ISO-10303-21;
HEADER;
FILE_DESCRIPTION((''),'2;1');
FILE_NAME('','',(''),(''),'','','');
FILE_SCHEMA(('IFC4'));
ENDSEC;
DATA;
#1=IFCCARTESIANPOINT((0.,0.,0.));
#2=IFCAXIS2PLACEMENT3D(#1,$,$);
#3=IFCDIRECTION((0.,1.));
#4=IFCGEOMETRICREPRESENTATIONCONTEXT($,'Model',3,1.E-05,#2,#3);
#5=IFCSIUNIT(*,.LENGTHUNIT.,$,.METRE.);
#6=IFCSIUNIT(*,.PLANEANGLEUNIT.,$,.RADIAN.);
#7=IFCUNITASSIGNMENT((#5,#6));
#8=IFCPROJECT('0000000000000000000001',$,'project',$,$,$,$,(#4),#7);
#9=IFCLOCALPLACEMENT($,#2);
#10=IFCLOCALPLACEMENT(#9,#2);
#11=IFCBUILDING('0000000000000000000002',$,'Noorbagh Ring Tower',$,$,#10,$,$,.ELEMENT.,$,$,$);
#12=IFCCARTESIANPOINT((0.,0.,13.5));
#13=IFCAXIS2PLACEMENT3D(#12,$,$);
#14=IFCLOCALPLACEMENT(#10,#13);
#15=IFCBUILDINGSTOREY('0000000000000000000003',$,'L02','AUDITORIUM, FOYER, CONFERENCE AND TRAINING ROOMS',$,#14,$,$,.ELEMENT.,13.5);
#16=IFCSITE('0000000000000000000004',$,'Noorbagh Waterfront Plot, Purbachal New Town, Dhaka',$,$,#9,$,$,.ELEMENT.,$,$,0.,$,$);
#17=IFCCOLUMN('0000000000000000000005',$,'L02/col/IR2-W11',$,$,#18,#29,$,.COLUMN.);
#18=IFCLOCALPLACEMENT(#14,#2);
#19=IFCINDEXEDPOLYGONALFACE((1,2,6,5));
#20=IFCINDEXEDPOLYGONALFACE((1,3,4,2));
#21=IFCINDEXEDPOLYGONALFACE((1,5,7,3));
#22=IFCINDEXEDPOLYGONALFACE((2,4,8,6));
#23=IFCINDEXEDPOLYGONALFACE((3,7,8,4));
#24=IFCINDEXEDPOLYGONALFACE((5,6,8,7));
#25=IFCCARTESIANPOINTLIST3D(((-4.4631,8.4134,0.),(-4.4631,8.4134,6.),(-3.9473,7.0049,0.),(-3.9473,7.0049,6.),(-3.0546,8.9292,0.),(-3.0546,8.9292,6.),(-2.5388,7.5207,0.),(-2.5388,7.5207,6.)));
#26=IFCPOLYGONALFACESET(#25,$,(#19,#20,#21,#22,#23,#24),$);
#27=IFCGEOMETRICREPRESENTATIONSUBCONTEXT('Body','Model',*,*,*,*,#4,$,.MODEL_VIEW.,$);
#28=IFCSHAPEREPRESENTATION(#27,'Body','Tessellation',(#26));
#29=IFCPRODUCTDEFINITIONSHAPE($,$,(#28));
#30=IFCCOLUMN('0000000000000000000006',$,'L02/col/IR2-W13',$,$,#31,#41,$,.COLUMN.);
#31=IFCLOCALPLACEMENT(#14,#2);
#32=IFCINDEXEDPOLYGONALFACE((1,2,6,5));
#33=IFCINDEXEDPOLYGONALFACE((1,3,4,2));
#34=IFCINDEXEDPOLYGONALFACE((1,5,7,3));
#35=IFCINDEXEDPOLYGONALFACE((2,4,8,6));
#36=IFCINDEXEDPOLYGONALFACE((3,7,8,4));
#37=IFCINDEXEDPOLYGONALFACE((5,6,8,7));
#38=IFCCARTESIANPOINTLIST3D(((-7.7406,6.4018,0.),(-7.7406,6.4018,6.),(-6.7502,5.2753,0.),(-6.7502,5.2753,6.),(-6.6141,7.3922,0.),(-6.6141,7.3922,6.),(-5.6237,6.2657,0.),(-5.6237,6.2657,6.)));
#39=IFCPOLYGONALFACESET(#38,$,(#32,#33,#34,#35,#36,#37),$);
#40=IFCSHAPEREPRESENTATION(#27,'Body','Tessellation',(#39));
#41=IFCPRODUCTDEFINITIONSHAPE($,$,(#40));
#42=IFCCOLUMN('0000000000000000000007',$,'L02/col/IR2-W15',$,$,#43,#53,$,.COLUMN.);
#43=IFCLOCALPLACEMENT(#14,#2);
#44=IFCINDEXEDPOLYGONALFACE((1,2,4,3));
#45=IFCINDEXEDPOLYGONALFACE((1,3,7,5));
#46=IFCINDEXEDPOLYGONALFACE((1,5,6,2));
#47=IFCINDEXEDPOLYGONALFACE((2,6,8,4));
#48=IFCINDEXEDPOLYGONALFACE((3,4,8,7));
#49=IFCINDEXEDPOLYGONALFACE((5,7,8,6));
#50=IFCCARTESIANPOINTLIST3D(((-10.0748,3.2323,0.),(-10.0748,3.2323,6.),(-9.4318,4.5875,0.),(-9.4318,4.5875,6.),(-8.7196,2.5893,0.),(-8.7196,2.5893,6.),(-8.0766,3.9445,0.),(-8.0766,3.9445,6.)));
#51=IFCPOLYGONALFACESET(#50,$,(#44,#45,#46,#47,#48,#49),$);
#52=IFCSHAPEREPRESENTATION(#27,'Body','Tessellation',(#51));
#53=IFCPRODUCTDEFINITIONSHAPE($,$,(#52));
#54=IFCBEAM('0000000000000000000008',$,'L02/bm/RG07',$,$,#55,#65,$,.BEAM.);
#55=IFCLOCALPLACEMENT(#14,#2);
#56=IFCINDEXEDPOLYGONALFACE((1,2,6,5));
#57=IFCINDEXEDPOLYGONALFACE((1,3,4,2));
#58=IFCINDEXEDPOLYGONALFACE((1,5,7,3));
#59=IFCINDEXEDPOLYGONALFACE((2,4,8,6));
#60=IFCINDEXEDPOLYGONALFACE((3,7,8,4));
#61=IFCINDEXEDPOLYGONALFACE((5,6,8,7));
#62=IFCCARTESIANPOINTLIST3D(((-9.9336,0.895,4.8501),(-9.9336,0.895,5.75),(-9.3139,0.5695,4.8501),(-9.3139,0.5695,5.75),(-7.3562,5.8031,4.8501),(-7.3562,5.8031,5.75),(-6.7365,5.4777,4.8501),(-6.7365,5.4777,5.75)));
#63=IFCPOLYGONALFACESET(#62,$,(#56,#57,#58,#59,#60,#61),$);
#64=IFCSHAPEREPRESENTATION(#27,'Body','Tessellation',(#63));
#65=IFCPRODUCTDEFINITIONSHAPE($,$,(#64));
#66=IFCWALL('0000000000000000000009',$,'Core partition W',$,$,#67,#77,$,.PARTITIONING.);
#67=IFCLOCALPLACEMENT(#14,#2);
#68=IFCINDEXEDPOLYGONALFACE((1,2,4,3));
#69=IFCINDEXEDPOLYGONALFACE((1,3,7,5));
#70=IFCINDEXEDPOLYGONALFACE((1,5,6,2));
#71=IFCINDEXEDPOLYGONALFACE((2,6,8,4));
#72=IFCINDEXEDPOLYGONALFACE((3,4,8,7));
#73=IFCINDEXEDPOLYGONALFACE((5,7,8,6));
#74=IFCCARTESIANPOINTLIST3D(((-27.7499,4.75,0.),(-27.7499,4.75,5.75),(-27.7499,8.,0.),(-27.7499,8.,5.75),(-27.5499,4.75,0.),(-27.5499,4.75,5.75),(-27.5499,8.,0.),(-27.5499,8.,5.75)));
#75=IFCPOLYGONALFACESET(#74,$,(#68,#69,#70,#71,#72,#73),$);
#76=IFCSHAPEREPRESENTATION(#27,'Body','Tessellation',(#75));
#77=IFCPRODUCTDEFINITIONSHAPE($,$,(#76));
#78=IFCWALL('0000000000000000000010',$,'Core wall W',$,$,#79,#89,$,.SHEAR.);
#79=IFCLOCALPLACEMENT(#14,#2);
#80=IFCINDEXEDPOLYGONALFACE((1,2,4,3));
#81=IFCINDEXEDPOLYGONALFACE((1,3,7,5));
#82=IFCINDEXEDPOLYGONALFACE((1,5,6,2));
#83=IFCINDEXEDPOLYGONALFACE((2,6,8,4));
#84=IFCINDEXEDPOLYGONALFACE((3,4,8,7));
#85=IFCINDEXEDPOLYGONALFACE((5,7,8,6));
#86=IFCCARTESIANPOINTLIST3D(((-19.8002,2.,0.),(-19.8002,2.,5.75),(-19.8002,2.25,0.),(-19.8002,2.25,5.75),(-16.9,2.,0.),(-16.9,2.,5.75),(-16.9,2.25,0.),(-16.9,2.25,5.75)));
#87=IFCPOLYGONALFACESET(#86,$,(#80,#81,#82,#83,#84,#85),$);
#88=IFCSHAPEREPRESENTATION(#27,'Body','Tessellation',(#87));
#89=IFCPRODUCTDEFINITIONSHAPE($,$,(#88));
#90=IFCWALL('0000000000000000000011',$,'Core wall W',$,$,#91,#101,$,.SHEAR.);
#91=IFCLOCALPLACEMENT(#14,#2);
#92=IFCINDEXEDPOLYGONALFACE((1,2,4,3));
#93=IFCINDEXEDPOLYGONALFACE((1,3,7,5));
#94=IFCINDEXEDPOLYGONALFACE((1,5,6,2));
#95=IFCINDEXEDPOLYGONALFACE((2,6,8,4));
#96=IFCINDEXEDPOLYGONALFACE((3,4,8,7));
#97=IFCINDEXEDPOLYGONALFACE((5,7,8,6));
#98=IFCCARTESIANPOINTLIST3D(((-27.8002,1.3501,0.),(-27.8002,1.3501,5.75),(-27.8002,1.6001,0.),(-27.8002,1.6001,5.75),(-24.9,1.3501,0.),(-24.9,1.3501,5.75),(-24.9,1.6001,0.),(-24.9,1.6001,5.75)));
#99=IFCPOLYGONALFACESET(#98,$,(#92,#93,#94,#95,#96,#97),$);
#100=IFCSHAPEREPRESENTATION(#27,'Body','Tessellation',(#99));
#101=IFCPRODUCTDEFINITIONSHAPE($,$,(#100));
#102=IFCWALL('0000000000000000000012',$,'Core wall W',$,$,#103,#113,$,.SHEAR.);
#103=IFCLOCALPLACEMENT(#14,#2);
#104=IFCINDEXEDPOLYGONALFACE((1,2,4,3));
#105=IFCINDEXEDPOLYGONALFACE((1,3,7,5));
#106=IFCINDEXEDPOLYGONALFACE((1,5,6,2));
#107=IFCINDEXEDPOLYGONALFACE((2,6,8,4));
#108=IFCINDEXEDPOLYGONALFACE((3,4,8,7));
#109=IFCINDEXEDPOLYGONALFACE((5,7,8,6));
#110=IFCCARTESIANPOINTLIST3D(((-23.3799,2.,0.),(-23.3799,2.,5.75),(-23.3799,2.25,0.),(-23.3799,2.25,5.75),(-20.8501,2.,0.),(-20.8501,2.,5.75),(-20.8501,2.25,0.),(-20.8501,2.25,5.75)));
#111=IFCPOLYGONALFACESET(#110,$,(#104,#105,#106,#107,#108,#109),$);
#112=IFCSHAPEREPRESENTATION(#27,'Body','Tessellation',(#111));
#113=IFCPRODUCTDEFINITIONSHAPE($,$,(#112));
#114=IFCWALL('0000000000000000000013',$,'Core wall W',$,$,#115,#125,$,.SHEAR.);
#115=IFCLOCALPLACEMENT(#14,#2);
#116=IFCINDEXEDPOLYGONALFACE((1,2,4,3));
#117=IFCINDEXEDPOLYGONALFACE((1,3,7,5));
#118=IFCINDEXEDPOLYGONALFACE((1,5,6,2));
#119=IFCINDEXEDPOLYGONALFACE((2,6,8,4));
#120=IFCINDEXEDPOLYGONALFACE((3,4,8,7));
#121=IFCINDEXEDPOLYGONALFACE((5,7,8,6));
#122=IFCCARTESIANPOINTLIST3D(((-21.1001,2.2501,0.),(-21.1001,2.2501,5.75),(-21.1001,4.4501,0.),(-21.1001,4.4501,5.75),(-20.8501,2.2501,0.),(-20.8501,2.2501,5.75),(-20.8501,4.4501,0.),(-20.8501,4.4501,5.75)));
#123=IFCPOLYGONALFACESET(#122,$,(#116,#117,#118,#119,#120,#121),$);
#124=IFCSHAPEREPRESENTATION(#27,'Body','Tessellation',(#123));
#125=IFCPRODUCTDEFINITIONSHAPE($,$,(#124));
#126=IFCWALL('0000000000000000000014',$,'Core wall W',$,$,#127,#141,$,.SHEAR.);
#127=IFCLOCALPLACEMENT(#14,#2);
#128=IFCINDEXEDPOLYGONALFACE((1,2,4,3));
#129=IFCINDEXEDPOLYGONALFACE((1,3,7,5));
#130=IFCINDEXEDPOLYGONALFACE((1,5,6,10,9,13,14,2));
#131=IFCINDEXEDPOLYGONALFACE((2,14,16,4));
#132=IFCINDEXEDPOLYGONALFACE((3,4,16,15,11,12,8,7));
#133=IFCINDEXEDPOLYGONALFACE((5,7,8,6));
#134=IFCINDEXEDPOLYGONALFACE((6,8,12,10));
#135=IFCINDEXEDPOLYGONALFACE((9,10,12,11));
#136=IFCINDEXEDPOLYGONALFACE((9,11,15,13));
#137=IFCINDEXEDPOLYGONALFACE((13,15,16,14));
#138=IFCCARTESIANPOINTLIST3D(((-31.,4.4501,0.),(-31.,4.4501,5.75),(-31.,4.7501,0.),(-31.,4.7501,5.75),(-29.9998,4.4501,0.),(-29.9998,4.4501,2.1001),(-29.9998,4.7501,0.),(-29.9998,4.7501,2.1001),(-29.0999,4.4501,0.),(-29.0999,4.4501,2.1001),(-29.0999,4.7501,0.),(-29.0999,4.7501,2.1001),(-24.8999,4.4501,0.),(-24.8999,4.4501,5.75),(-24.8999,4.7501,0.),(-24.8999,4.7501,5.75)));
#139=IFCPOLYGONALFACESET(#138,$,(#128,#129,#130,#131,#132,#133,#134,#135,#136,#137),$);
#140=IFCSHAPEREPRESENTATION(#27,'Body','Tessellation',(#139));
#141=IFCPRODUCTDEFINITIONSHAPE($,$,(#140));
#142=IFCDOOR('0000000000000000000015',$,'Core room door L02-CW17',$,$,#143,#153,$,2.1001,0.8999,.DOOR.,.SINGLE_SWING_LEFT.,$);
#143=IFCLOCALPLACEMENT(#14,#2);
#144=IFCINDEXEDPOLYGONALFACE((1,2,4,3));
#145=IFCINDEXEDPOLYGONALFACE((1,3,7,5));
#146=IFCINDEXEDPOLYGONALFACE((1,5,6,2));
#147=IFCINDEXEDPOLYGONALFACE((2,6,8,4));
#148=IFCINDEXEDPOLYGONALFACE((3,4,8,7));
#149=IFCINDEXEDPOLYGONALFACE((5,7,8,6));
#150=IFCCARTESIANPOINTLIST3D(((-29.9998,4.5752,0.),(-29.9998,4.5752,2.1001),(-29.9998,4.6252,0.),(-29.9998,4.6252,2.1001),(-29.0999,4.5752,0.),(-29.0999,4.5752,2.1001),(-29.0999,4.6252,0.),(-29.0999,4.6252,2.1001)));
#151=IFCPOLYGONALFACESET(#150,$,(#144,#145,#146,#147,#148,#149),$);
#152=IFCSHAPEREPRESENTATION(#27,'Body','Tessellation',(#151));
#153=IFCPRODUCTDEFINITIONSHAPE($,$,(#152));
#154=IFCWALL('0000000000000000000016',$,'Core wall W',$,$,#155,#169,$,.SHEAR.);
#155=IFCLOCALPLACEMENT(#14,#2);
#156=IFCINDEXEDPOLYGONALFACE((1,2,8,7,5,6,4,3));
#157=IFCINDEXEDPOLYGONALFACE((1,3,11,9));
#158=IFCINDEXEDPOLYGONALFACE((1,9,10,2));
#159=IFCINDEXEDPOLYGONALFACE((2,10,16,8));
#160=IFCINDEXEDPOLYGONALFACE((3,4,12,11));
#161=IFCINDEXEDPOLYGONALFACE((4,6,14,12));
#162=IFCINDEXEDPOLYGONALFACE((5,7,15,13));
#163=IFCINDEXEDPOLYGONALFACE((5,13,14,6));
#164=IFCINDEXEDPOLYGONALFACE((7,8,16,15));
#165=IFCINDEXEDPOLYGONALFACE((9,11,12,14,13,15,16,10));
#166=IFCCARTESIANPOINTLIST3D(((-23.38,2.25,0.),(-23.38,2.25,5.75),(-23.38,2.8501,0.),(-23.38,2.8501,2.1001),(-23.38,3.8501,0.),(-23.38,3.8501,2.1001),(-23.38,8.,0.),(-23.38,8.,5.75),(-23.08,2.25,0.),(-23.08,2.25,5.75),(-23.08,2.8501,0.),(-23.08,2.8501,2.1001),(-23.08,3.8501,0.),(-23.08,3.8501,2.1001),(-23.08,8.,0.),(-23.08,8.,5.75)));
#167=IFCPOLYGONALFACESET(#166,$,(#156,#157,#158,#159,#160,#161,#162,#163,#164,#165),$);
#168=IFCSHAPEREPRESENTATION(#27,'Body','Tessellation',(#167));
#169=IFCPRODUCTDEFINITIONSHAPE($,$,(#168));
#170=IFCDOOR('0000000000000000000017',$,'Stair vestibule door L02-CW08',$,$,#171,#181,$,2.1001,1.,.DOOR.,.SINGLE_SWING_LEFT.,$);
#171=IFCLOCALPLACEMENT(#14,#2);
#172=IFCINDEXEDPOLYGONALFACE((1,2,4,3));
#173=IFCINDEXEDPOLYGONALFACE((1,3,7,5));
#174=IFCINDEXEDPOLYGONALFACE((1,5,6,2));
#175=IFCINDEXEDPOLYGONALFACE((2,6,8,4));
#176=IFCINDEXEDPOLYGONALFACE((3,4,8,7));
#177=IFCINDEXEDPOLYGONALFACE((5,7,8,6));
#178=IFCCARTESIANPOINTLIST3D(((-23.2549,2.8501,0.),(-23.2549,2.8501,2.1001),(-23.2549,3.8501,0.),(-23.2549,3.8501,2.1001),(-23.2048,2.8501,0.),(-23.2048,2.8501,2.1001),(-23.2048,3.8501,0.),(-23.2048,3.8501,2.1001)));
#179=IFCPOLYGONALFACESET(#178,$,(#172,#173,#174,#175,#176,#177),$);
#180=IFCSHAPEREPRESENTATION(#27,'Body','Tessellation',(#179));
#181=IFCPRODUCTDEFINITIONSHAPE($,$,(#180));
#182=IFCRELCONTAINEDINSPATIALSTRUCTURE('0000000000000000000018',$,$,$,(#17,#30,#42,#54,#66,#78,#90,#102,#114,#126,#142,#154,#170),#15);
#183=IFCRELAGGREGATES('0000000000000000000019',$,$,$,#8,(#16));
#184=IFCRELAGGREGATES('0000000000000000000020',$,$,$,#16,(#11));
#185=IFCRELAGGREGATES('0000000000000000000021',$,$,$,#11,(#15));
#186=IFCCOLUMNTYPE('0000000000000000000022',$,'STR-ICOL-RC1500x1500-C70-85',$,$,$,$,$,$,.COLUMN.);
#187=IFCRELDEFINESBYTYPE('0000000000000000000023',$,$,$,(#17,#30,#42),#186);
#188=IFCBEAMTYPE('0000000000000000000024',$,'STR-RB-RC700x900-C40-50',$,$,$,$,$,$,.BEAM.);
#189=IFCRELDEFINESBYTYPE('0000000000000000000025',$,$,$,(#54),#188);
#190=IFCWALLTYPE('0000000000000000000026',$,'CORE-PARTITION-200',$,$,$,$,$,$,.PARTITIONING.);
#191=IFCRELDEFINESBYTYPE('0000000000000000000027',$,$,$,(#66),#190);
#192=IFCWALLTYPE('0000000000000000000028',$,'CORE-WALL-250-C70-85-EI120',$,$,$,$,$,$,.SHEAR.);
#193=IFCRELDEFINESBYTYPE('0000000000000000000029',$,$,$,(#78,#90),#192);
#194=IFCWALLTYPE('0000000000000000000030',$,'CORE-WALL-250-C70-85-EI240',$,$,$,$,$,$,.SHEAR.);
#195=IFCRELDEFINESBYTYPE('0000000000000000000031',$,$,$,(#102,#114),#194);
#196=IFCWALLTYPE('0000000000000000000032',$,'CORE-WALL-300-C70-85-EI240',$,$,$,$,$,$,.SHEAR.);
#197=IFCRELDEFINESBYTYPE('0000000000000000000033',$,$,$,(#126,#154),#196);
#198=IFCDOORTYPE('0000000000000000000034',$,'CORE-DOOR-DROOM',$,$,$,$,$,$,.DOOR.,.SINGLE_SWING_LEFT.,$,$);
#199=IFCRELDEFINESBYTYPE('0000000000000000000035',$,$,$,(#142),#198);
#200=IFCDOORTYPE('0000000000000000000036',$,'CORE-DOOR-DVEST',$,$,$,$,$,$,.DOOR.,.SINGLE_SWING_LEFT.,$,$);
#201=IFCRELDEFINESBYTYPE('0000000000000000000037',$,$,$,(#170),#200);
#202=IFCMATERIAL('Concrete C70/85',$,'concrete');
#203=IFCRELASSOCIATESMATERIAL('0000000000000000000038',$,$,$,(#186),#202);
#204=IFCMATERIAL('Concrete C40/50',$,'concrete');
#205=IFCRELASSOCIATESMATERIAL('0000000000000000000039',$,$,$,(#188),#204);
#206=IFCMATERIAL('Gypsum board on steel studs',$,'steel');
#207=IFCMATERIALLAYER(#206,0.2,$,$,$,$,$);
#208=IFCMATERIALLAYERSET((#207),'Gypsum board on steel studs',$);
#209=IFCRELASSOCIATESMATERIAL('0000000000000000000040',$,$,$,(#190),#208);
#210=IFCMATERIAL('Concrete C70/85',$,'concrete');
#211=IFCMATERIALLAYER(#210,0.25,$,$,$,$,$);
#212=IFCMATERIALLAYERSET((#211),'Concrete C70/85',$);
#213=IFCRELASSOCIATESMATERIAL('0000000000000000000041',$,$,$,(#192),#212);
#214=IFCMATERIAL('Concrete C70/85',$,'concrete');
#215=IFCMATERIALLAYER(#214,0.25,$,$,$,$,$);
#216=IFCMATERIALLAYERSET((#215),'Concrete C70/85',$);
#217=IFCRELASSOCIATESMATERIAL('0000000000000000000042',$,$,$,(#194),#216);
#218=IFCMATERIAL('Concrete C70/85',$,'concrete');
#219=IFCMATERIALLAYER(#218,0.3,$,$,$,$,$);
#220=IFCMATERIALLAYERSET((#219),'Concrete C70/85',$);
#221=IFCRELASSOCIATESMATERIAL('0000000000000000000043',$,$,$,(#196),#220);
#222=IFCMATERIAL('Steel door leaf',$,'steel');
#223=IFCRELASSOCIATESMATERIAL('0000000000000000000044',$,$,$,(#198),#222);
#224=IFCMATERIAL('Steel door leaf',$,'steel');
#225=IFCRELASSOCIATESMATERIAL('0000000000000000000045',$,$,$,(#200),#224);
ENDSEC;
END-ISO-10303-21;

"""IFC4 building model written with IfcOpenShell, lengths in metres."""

from ifc_helpers import new_model, si_unit, direction, frame, frame_2d, origin, origin_2d, place, context, subcontext, project, spatial, rectangle, extrude, material, layer, layer_set, material_profile, profile_set, type_object, element, fill, save


model = new_model("IFC4")

# Units and contexts
model_context = context("Model", 3, precision=1e-05, world=origin(), true_north=direction((0.0, 1.0)))
body_context = subcontext(model_context, "Body", "Model", "MODEL_VIEW")
ifc_project = project(units=[si_unit("LENGTHUNIT", "METRE"), si_unit("PLANEANGLEUNIT", "RADIAN")], contexts=[model_context])

# Site, building, storey
site_placement = place(None, origin())
site = spatial("IfcSite", under=ifc_project, at=site_placement, Name="Noorbagh Waterfront Plot, Purbachal New Town, Dhaka", CompositionType="ELEMENT", RefElevation=0.0)
building_placement = place(site_placement, origin())
building = spatial("IfcBuilding", under=site, at=building_placement, Name="Noorbagh Ring Tower", CompositionType="ELEMENT")
storey_placement = place(building_placement, frame((0.0, 0.0, 13.5)))
storey = spatial("IfcBuildingStorey", under=building, at=storey_placement, Name="L02", Description="AUDITORIUM, FOYER, CONFERENCE AND TRAINING ROOMS", CompositionType="ELEMENT", Elevation=13.5)

# Columns
ifc_material_1 = material(Name="Concrete C70/85", Category="concrete")
ifc_material_profile_1 = material_profile(ifc_material_1, rectangle(XDim=1.5, YDim=1.5, at=origin_2d()), Name="RC1500x1500")
ifc_profile_set_1 = profile_set([ifc_material_profile_1], Name="Concrete C70/85")
column_type = type_object("IfcColumnType", Name="STR-ICOL-RC1500x1500-C70-85", PredefinedType="COLUMN", material=ifc_profile_set_1)
for number, where, z_axis, x_axis, name in (
    (1, (-3.501, 7.967, 0.0), (0.0, 0.0, 1.0), (-0.93902, -0.343864, 0.0), "L02/col/IR2-W11"),
    (2, (-6.6821, 6.3337, 0.0), (0.0, 0.0, 1.0), (-0.751022, -0.660277, 0.0), "L02/col/IR2-W13"),
    (3, (-9.0757, 3.5884, 0.0), (0.0, 0.0, 1.0), (-0.428667, -0.903463, 0.0), "L02/col/IR2-W15"),
):
    element("IfcColumn", number, at=place(storey_placement, frame(where, z_axis=z_axis, x_axis=x_axis)), inside=storey, type_object=column_type, Name=name, PredefinedType="COLUMN", context=body_context, shape_type="SweptSolid", body=[
        extrude(rectangle(XDim=1.5, YDim=1.5, at=origin_2d()), origin(), (0.0, 0.0, 1.0), 6.0),
    ])

# Beam
ifc_material_2 = material(Name="Concrete C40/50", Category="concrete")
ifc_material_profile_2 = material_profile(ifc_material_2, rectangle(XDim=0.7, YDim=0.8999, at=origin_2d()), Name="RC700x900")
ifc_profile_set_2 = profile_set([ifc_material_profile_2], Name="Concrete C40/50")
beam_type = type_object("IfcBeamType", Name="STR-RB-RC700x900-C40-50", PredefinedType="BEAM", material=ifc_profile_set_2)
beam_placement = place(storey_placement, frame((-7.0464, 5.6404, 5.3), z_axis=(-0.464917, -0.885354, 0.0), x_axis=(0.885354, -0.464917, 0.0)))
element("IfcBeam", 4, at=beam_placement, inside=storey, type_object=beam_type, Name="L02/bm/RG07", PredefinedType="BEAM", context=body_context, shape_type="SweptSolid", body=[
    extrude(rectangle(XDim=0.7, YDim=0.8999, at=origin_2d()), origin(), (0.0, 0.0, 1.0), 5.5437),
])

# Walls
ifc_material_3 = material(Name="Gypsum board on steel studs", Category="steel")
ifc_layer_1 = layer(ifc_material_3, 0.2)
ifc_layer_set_1 = layer_set([ifc_layer_1], Name="Gypsum board on steel studs")
wall_type_1 = type_object("IfcWallType", Name="CORE-PARTITION-200", PredefinedType="PARTITIONING", material=ifc_layer_set_1)
wall_1_placement = place(storey_placement, frame((-27.6499, 4.75, 0.0), z_axis=(0.0, 0.0, 1.0), x_axis=(0.0, 1.0, 0.0)))
element("IfcWall", 5, at=wall_1_placement, inside=storey, type_object=wall_type_1, Name="Core partition W", PredefinedType="PARTITIONING", context=body_context, shape_type="SweptSolid", body=[
    extrude(rectangle(XDim=3.25, YDim=0.2, at=frame_2d((1.625, 0.0))), origin(), (0.0, 0.0, 1.0), 5.75),
])
ifc_material_4 = material(Name="Concrete C70/85", Category="concrete")
ifc_layer_2 = layer(ifc_material_4, 0.25)
ifc_layer_set_2 = layer_set([ifc_layer_2], Name="Concrete C70/85")
wall_type_2 = type_object("IfcWallType", Name="CORE-WALL-250-C70-85-EI120", PredefinedType="SHEAR", material=ifc_layer_set_2)
for number, where, z_axis, x_axis, name in (
    (6, (-16.8999, 2.125, 0.0), (0.0, 0.0, 1.0), (-1.0, 0.0, 0.0), "Core wall W"),
    (7, (-24.8999, 1.4751, 0.0), (0.0, 0.0, 1.0), (-1.0, 0.0, 0.0), "Core wall W"),
):
    element("IfcWall", number, at=place(storey_placement, frame(where, z_axis=z_axis, x_axis=x_axis)), inside=storey, type_object=wall_type_2, Name=name, PredefinedType="SHEAR", context=body_context, shape_type="SweptSolid", body=[
        extrude(rectangle(XDim=2.9001, YDim=0.25, at=frame_2d((1.4502, 0.0))), origin(), (0.0, 0.0, 1.0), 5.75),
    ])
ifc_material_5 = material(Name="Concrete C70/85", Category="concrete")
ifc_layer_3 = layer(ifc_material_5, 0.25)
ifc_layer_set_3 = layer_set([ifc_layer_3], Name="Concrete C70/85")
wall_type_3 = type_object("IfcWallType", Name="CORE-WALL-250-C70-85-EI240", PredefinedType="SHEAR", material=ifc_layer_set_3)
wall_2_placement = place(storey_placement, frame((-20.8501, 2.125, 0.0), z_axis=(0.0, 0.0, 1.0), x_axis=(-1.0, 0.0, 0.0)))
element("IfcWall", 8, at=wall_2_placement, inside=storey, type_object=wall_type_3, Name="Core wall W", PredefinedType="SHEAR", context=body_context, shape_type="SweptSolid", body=[
    extrude(rectangle(XDim=2.5298, YDim=0.25, at=frame_2d((1.2649, 0.0))), origin(), (0.0, 0.0, 1.0), 5.75),
])
wall_3_placement = place(storey_placement, frame((-20.9751, 2.25, 0.0), z_axis=(0.0, 0.0, 1.0), x_axis=(0.0, 1.0, 0.0)))
element("IfcWall", 9, at=wall_3_placement, inside=storey, type_object=wall_type_3, Name="Core wall W", PredefinedType="SHEAR", context=body_context, shape_type="SweptSolid", body=[
    extrude(rectangle(XDim=2.2, YDim=0.25, at=frame_2d((1.1001, 0.0))), origin(), (0.0, 0.0, 1.0), 5.75),
])

# Walls, openings, doors
ifc_material_6 = material(Name="Concrete C70/85", Category="concrete")
ifc_layer_4 = layer(ifc_material_6, 0.3)
ifc_layer_set_4 = layer_set([ifc_layer_4], Name="Concrete C70/85")
wall_type_4 = type_object("IfcWallType", Name="CORE-WALL-300-C70-85-EI240", PredefinedType="SHEAR", material=ifc_layer_set_4)
wall_4_placement = place(storey_placement, frame((-24.8999, 4.6001, 0.0), z_axis=(0.0, 0.0, 1.0), x_axis=(-1.0, 0.0, 0.0)))
wall_4 = element("IfcWall", 10, at=wall_4_placement, inside=storey, type_object=wall_type_4, Name="Core wall W", PredefinedType="SHEAR", context=body_context, shape_type="SweptSolid", body=[
    extrude(rectangle(XDim=6.1001, YDim=0.3, at=frame_2d((3.05, 0.0))), origin(), (0.0, 0.0, 1.0), 5.75),
])
opening_1_placement = place(wall_4_placement, frame((4.2, 0.0, 0.0)))
opening_1 = element("IfcOpeningElement", 11, at=opening_1_placement, cuts=wall_4, PredefinedType="OPENING", context=body_context, shape_type="SweptSolid", body=[
    extrude(rectangle(XDim=0.8999, YDim=2.1001, at=frame_2d((0.45, 1.05))), frame((0.0, 0.1602, 0.0), z_axis=(0.0, -1.0, 0.0), x_axis=(1.0, 0.0, 0.0)), (0.0, 0.0, 1.0), 0.3201),
])
ifc_material_7 = material(Name="Steel door leaf", Category="steel")
door_type_1 = type_object("IfcDoorType", Name="CORE-DOOR-DROOM", OperationType="SINGLE_SWING_LEFT", PredefinedType="DOOR", material=ifc_material_7)
door_1_placement = place(opening_1_placement, origin())
door_1 = element("IfcDoor", 12, at=door_1_placement, inside=storey, type_object=door_type_1, Name="Core room door L02-CW17", OperationType="SINGLE_SWING_LEFT", OverallHeight=2.1001, OverallWidth=0.8999, PredefinedType="DOOR", context=body_context, shape_type="SweptSolid", body=[
    extrude(rectangle(XDim=0.8999, YDim=2.1001, at=frame_2d((0.45, 1.05))), frame((0.0, 0.0249, 0.0), z_axis=(0.0, -1.0, 0.0), x_axis=(1.0, 0.0, 0.0)), (0.0, 0.0, 1.0), 0.05),
])
fill(opening_1, door_1)
wall_5_placement = place(storey_placement, frame((-23.23, 2.25, 0.0), z_axis=(0.0, 0.0, 1.0), x_axis=(0.0, 1.0, 0.0)))
wall_5 = element("IfcWall", 13, at=wall_5_placement, inside=storey, type_object=wall_type_4, Name="Core wall W", PredefinedType="SHEAR", context=body_context, shape_type="SweptSolid", body=[
    extrude(rectangle(XDim=5.75, YDim=0.3, at=frame_2d((2.875, 0.0))), origin(), (0.0, 0.0, 1.0), 5.75),
])
opening_2_placement = place(wall_5_placement, frame((0.6001, 0.0, 0.0)))
opening_2 = element("IfcOpeningElement", 14, at=opening_2_placement, cuts=wall_5, PredefinedType="OPENING", context=body_context, shape_type="SweptSolid", body=[
    extrude(rectangle(XDim=1.0, YDim=2.1001, at=frame_2d((0.5, 1.05))), frame((0.0, 0.1602, 0.0), z_axis=(0.0, -1.0, 0.0), x_axis=(1.0, 0.0, 0.0)), (0.0, 0.0, 1.0), 0.3201),
])
ifc_material_8 = material(Name="Steel door leaf", Category="steel")
door_type_2 = type_object("IfcDoorType", Name="CORE-DOOR-DVEST", OperationType="SINGLE_SWING_LEFT", PredefinedType="DOOR", material=ifc_material_8)
door_2_placement = place(opening_2_placement, origin())
door_2 = element("IfcDoor", 15, at=door_2_placement, inside=storey, type_object=door_type_2, Name="Stair vestibule door L02-CW08", OperationType="SINGLE_SWING_LEFT", OverallHeight=2.1001, OverallWidth=1.0, PredefinedType="DOOR", context=body_context, shape_type="SweptSolid", body=[
    extrude(rectangle(XDim=1.0, YDim=2.1001, at=frame_2d((0.5, 1.05))), frame((0.0, 0.0249, 0.0), z_axis=(0.0, -1.0, 0.0), x_axis=(1.0, 0.0, 0.0)), (0.0, 0.0, 1.0), 0.05),
])
fill(opening_2, door_2)

save(model, "model.ifc")
